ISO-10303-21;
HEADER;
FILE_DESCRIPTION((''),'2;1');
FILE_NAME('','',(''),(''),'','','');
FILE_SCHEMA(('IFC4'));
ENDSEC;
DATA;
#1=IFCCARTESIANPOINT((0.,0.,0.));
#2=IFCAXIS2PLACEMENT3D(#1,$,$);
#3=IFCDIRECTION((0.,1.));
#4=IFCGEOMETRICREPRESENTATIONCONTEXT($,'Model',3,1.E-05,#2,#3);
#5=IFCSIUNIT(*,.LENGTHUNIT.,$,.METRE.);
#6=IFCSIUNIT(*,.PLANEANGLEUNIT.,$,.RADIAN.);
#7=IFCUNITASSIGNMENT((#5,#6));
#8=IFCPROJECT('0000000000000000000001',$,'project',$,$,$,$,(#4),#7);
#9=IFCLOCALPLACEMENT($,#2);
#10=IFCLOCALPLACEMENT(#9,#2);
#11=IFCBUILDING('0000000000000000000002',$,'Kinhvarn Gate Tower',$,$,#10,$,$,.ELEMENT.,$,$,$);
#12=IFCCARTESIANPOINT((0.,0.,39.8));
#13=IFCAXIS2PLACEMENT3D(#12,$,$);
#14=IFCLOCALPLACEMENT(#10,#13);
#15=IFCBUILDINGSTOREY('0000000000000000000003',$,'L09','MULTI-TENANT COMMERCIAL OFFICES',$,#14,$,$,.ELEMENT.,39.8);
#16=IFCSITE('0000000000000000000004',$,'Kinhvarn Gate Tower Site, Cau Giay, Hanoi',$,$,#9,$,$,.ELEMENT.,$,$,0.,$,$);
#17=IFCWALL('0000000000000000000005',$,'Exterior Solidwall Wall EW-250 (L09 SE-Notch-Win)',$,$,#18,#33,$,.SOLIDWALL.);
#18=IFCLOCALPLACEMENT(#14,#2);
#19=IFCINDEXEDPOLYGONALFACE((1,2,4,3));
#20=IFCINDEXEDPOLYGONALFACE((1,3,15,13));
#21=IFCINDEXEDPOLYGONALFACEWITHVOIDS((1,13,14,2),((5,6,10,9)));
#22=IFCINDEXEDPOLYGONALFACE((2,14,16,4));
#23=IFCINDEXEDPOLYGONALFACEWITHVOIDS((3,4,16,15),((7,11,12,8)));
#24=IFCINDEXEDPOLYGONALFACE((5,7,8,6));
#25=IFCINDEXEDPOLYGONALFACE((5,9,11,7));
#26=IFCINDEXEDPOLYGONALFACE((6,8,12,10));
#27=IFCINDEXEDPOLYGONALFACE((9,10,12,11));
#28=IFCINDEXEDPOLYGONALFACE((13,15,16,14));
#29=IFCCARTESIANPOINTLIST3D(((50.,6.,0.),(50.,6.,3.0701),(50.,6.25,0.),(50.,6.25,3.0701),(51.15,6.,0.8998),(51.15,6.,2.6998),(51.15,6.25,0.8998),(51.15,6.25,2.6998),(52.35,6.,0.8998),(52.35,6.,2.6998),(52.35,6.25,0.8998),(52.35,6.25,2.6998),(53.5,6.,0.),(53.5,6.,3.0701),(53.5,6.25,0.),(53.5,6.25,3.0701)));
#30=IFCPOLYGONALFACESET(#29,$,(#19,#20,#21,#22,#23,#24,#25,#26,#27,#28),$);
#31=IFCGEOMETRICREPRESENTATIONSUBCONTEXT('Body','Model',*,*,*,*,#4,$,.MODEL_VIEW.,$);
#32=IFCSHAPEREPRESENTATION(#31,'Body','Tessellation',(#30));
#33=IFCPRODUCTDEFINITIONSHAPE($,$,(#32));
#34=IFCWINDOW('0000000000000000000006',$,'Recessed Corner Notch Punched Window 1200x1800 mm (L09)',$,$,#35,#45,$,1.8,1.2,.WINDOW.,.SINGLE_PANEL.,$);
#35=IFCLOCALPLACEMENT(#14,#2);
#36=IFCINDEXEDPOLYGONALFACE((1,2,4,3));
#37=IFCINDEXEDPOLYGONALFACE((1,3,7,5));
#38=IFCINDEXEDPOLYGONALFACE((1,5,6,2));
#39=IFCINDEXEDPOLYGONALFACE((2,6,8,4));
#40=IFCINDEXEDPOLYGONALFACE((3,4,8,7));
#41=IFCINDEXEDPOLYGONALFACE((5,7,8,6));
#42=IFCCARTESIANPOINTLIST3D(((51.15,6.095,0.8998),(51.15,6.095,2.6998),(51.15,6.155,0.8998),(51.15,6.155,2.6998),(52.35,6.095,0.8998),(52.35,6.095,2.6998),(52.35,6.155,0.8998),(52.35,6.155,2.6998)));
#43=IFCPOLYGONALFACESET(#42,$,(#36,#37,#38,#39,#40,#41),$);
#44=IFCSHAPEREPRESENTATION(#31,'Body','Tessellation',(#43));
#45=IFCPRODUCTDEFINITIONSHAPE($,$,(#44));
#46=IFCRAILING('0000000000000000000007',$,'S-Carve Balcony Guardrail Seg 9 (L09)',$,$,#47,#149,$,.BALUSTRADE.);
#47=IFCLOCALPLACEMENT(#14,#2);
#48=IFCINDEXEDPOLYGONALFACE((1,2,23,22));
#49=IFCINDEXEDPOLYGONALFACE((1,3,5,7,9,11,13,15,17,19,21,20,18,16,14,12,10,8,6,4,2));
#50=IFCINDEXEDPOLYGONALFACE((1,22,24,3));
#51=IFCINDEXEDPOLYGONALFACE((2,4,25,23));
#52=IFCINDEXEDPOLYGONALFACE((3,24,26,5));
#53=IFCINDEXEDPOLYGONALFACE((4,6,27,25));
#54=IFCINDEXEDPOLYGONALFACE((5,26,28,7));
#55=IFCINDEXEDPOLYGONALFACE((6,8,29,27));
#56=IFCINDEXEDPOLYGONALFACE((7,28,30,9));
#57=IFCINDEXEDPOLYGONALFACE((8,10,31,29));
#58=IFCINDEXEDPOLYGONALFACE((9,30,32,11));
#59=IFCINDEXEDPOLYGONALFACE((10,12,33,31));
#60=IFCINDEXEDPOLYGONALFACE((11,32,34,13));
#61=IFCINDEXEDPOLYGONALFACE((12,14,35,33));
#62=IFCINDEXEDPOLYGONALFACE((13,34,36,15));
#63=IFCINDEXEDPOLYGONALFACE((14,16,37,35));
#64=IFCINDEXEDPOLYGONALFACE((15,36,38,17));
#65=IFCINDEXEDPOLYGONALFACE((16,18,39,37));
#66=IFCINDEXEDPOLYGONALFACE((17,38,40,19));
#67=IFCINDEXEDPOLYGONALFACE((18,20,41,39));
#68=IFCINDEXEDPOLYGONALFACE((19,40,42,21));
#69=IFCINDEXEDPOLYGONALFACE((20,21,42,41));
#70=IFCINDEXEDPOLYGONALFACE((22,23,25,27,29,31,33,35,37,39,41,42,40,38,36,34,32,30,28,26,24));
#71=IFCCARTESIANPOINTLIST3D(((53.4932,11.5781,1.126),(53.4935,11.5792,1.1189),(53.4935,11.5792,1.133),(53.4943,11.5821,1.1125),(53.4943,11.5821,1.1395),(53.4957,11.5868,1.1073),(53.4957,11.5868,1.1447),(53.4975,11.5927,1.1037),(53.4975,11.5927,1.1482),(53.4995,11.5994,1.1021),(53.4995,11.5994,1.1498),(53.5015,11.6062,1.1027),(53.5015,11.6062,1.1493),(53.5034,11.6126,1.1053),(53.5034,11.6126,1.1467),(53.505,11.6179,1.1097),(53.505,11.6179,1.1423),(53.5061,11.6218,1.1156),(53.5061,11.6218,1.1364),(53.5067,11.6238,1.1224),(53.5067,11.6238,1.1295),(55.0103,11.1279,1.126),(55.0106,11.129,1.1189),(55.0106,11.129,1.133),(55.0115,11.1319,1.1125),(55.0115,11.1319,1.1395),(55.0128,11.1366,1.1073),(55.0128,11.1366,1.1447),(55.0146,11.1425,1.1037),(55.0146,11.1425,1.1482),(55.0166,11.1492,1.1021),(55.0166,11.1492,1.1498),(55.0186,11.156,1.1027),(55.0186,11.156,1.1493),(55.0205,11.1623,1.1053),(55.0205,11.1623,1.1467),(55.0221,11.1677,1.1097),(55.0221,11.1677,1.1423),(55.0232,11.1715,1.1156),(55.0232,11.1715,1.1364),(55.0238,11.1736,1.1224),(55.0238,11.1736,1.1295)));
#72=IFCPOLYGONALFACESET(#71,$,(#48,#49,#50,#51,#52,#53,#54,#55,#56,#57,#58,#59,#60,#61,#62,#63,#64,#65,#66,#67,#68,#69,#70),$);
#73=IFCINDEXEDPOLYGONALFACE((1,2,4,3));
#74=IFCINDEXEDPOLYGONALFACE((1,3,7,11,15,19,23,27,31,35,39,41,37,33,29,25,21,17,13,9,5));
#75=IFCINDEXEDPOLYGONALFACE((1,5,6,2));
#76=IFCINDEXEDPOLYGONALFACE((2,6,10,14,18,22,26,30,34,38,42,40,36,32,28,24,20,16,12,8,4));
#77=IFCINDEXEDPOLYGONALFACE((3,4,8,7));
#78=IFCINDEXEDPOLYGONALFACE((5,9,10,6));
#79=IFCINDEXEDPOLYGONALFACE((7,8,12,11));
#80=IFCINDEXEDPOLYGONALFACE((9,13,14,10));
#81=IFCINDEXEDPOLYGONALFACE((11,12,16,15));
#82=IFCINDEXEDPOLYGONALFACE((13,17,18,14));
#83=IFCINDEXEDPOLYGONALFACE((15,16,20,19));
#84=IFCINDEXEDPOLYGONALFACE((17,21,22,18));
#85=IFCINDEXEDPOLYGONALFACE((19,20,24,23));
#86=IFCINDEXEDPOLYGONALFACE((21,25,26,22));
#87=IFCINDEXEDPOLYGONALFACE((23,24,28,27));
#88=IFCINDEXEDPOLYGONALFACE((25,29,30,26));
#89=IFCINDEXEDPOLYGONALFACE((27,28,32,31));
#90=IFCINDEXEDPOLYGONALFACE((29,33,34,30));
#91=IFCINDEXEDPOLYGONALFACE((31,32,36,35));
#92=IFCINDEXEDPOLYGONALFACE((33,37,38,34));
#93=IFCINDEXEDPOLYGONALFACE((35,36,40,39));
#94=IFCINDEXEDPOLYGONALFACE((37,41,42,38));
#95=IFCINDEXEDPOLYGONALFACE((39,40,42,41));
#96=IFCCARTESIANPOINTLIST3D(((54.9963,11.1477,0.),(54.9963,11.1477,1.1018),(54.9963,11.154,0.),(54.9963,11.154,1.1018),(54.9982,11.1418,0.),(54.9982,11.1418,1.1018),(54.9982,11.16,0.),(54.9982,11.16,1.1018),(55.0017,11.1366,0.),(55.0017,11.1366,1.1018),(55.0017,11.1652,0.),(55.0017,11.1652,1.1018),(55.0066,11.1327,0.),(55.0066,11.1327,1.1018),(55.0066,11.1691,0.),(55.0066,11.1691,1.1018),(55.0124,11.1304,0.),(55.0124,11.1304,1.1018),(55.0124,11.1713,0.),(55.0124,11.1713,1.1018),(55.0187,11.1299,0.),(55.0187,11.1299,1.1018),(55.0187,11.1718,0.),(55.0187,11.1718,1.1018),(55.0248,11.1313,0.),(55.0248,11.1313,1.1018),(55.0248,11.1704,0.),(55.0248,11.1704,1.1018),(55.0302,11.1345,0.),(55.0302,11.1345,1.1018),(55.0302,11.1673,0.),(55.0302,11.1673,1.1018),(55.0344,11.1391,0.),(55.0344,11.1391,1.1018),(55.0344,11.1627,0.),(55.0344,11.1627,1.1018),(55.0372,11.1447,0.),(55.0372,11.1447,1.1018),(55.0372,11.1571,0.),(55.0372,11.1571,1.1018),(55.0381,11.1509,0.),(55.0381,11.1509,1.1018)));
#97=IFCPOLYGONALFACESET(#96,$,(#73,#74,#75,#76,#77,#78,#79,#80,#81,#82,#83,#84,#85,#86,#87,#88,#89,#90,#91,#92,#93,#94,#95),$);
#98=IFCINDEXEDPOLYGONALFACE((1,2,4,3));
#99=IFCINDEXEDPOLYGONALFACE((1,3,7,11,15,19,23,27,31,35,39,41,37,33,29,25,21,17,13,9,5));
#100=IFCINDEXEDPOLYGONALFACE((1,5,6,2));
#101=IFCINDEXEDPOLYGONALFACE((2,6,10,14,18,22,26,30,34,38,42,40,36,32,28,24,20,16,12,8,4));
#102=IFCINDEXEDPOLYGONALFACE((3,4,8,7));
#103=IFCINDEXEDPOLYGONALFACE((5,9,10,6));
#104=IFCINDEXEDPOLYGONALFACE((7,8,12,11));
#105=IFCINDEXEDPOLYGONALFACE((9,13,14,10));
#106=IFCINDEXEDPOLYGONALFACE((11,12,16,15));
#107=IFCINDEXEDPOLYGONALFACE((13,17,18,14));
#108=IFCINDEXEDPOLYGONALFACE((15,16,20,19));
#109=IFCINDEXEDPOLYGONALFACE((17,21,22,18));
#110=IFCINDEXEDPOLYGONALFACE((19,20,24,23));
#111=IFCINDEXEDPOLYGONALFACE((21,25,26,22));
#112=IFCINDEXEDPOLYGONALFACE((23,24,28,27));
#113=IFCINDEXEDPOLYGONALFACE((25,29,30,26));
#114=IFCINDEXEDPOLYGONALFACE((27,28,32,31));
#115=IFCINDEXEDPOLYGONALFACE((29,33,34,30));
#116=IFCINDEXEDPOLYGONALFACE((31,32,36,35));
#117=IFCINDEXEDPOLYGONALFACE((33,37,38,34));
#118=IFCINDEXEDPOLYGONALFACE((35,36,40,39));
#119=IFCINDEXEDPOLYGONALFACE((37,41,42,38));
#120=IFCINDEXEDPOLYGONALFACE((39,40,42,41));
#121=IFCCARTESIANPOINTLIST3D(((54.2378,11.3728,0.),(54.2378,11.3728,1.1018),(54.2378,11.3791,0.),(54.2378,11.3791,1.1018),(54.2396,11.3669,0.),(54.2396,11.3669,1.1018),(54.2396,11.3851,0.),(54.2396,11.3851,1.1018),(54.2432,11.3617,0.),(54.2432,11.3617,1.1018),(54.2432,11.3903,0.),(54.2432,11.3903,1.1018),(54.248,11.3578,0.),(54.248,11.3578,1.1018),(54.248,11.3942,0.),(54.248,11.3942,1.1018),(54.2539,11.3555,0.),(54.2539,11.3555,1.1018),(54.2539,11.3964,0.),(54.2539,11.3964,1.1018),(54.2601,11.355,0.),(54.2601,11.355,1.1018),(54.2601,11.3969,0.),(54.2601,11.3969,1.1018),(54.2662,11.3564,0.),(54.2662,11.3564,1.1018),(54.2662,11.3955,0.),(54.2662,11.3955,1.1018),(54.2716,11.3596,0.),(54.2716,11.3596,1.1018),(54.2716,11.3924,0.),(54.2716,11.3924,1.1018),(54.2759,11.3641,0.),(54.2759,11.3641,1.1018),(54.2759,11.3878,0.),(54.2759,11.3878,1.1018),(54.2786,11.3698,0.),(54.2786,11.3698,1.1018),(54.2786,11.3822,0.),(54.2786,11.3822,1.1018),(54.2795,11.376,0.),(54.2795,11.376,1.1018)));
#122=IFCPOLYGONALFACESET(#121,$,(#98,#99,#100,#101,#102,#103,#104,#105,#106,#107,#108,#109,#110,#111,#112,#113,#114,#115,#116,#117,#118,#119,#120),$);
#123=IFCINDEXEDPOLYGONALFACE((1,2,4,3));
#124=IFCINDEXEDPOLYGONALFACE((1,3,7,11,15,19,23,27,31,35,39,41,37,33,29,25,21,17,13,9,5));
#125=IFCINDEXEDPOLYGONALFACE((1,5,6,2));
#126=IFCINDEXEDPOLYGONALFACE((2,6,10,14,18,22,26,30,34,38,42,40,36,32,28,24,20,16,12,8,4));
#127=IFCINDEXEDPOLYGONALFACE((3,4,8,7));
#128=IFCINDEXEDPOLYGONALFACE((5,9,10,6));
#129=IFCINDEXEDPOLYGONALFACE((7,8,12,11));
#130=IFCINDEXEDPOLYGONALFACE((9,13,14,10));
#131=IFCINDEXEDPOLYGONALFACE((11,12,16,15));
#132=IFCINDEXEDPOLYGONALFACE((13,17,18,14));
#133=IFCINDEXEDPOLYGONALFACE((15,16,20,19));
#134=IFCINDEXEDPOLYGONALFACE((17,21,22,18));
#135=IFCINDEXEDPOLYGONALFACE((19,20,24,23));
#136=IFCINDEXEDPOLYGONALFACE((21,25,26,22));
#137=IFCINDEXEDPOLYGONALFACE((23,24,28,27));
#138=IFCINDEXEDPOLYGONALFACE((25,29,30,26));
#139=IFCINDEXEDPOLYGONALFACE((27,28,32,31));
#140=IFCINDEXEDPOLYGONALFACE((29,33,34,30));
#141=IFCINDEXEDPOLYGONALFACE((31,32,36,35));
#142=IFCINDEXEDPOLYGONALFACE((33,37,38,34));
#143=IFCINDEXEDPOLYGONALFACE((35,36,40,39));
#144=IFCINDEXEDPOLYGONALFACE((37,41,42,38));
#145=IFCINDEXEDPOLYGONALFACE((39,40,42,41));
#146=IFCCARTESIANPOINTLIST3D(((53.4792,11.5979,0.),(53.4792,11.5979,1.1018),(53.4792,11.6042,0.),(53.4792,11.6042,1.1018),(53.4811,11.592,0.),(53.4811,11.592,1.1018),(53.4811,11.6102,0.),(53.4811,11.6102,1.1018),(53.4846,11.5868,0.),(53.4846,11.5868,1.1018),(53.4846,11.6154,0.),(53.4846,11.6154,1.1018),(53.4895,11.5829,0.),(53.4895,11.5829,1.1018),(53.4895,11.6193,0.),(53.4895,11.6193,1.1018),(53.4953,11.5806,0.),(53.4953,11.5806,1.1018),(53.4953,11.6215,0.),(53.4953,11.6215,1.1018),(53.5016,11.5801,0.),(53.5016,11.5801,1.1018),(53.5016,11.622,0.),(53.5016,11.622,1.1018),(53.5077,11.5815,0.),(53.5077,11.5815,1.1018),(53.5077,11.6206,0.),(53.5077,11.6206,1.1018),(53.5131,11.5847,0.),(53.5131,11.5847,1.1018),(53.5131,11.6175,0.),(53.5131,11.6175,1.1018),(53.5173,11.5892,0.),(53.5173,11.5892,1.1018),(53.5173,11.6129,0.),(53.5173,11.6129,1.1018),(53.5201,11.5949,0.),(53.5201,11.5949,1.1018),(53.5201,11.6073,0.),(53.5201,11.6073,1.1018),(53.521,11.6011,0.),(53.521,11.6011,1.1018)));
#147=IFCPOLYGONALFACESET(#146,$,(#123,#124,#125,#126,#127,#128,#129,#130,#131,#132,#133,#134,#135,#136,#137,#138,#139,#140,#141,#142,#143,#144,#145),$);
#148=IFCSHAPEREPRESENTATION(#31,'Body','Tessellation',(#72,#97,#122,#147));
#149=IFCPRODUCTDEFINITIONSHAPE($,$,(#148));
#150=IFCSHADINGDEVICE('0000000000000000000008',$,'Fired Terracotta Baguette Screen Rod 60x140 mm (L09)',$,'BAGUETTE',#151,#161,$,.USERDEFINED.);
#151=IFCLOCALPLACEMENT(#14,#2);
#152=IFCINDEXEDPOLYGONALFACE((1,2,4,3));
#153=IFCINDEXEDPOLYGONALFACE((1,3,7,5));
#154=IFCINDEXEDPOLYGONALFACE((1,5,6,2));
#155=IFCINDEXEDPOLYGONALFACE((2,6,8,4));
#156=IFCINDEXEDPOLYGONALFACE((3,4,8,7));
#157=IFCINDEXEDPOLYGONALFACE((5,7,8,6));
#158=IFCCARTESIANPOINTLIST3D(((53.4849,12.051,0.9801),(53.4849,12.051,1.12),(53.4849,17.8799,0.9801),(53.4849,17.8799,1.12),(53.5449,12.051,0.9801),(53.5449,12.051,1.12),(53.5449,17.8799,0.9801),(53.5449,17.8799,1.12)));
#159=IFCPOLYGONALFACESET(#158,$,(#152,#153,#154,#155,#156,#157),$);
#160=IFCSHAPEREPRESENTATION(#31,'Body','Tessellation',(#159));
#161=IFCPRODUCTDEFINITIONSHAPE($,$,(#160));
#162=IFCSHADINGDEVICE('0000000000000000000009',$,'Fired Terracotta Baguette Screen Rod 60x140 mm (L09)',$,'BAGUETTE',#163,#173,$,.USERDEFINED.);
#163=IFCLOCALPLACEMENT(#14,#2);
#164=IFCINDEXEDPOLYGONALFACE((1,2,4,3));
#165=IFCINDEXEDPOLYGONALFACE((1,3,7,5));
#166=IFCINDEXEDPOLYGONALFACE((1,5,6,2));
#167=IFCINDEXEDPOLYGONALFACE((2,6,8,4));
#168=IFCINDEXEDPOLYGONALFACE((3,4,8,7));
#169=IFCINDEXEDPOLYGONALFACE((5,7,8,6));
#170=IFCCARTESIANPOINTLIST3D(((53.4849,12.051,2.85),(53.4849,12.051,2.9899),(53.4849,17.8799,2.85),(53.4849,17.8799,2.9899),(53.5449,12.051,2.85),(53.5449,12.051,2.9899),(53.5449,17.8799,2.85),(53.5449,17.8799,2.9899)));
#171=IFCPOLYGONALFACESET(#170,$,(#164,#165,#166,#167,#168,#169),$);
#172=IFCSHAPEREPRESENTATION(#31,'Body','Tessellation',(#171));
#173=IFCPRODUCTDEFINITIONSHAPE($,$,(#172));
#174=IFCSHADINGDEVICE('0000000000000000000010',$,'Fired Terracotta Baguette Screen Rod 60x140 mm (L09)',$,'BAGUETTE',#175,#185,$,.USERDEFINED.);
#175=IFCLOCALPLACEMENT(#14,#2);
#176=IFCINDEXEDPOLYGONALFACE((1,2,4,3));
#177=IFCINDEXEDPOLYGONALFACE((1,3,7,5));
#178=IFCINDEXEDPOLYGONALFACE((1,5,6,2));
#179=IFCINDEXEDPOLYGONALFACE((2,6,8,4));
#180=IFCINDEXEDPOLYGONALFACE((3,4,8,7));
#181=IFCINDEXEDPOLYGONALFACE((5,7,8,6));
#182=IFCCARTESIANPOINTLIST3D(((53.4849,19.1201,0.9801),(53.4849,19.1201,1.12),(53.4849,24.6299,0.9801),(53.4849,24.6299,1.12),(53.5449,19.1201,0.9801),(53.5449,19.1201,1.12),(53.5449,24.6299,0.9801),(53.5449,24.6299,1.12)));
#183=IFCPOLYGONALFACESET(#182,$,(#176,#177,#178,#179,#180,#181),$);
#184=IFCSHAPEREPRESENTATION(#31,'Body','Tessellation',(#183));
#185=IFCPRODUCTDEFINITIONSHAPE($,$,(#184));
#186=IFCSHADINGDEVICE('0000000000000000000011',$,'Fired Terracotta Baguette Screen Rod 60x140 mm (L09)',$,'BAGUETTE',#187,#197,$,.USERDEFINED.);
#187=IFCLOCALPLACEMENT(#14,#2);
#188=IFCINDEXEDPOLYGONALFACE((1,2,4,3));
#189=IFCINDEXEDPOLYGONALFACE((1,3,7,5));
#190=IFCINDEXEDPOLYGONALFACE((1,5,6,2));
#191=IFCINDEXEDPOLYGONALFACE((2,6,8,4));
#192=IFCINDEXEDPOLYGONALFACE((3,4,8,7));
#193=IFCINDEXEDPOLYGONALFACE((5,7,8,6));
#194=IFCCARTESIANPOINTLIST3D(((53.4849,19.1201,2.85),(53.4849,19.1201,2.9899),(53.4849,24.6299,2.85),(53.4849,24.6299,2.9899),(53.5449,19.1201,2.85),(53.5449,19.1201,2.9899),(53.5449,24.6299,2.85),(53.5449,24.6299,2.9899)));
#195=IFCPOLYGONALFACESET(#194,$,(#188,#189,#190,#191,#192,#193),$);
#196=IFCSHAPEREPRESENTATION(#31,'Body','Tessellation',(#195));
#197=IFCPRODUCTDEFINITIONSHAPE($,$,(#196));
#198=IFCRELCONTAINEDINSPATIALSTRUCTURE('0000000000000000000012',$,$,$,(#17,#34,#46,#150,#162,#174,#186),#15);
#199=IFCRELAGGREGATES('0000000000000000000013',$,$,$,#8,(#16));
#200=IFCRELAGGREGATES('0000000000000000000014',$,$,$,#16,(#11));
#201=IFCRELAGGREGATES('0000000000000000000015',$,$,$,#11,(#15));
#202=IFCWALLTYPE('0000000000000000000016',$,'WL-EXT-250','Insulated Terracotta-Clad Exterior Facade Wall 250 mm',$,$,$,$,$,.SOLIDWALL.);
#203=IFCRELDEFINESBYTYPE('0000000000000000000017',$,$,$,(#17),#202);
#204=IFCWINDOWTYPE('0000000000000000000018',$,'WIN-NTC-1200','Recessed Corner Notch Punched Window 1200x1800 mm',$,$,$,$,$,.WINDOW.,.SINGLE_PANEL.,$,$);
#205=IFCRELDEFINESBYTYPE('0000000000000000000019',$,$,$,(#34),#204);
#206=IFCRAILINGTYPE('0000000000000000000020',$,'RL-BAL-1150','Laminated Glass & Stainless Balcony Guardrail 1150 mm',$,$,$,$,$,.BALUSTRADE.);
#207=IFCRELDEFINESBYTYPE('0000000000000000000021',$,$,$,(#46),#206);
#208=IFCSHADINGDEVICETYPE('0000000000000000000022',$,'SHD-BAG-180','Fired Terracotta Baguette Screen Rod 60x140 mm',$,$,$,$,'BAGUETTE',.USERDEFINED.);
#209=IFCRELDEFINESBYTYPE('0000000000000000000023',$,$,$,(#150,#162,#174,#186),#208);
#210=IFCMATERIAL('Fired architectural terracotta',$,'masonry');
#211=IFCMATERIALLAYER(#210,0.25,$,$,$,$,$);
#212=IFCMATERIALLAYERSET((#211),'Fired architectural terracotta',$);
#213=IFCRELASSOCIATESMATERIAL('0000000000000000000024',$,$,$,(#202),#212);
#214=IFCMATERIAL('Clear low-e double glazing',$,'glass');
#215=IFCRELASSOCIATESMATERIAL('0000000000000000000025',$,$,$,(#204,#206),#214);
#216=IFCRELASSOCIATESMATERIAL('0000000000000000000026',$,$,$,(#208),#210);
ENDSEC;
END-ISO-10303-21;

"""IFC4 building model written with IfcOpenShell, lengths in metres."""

from ifc_helpers import new_model, si_unit, direction, frame, frame_2d, origin, origin_2d, place, context, subcontext, project, spatial, rectangle, circle, extrude, material, layer, layer_set, material_profile, profile_set, type_object, element, fill, save


model = new_model("IFC4")

# Units and contexts
model_context = context("Model", 3, precision=1e-05, world=origin(), true_north=direction((0.0, 1.0)))
body_context = subcontext(model_context, "Body", "Model", "MODEL_VIEW")
ifc_project = project(units=[si_unit("LENGTHUNIT", "METRE"), si_unit("PLANEANGLEUNIT", "RADIAN")], contexts=[model_context])

# Site, building, storey
site_placement = place(None, origin())
site = spatial("IfcSite", under=ifc_project, at=site_placement, Name="Kinhvarn Gate Tower Site, Cau Giay, Hanoi", CompositionType="ELEMENT", RefElevation=0.0)
building_placement = place(site_placement, origin())
building = spatial("IfcBuilding", under=site, at=building_placement, Name="Kinhvarn Gate Tower", CompositionType="ELEMENT")
storey_placement = place(building_placement, frame((0.0, 0.0, 39.8)))
storey = spatial("IfcBuildingStorey", under=building, at=storey_placement, Name="L09", Description="MULTI-TENANT COMMERCIAL OFFICES", CompositionType="ELEMENT", Elevation=39.8)

# Shared definitions
ifc_material_1 = material(Name="Clear low-e double glazing", Category="glass")

# Wall, opening, window
ifc_material_2 = material(Name="Fired architectural terracotta", Category="masonry")
ifc_layer_1 = layer(ifc_material_2, 0.25)
ifc_layer_set_1 = layer_set([ifc_layer_1], Name="Fired architectural terracotta")
wall_type = type_object("IfcWallType", Name="WL-EXT-250", Description="Insulated Terracotta-Clad Exterior Facade Wall 250 mm", PredefinedType="SOLIDWALL", material=ifc_layer_set_1)
wall_placement = place(storey_placement, frame((50.0, 6.125, 0.0), z_axis=(0.0, 0.0, 1.0), x_axis=(1.0, 0.0, 0.0)))
wall = element("IfcWall", 1, at=wall_placement, inside=storey, type_object=wall_type, Name="Exterior Solidwall Wall EW-250 (L09 SE-Notch-Win)", PredefinedType="SOLIDWALL", context=body_context, shape_type="SweptSolid", body=[
    extrude(rectangle(XDim=3.5, YDim=0.25, at=frame_2d((1.75, 0.0))), origin(), (0.0, 0.0, 1.0), 3.0701),
])
opening_placement = place(wall_placement, frame((1.1499, 0.0, 0.8999)))
opening = element("IfcOpeningElement", 2, at=opening_placement, cuts=wall, PredefinedType="OPENING", context=body_context, shape_type="SweptSolid", body=[
    extrude(rectangle(XDim=1.2, YDim=1.8, at=frame_2d((0.6001, 0.8999))), frame((0.0, 0.135, 0.0), z_axis=(0.0, -1.0, 0.0), x_axis=(1.0, 0.0, 0.0)), (0.0, 0.0, 1.0), 0.27),
])
window_type = type_object("IfcWindowType", Name="WIN-NTC-1200", Description="Recessed Corner Notch Punched Window 1200x1800 mm", PartitioningType="SINGLE_PANEL", PredefinedType="WINDOW", material=ifc_material_1)
window_placement = place(opening_placement, origin())
window = element("IfcWindow", 3, at=window_placement, inside=storey, type_object=window_type, Name="Recessed Corner Notch Punched Window 1200x1800 mm (L09)", OverallHeight=1.8, OverallWidth=1.2, PartitioningType="SINGLE_PANEL", PredefinedType="WINDOW", context=body_context, shape_type="SweptSolid", body=[
    extrude(rectangle(XDim=1.2, YDim=1.8, at=frame_2d((0.6001, 0.8999))), frame((0.0, 0.03, 0.0), z_axis=(0.0, -1.0, 0.0), x_axis=(1.0, 0.0, 0.0)), (0.0, 0.0, 1.0), 0.0601),
])
fill(opening, window)

# Railing
railing_type = type_object("IfcRailingType", Name="RL-BAL-1150", Description="Laminated Glass & Stainless Balcony Guardrail 1150 mm", PredefinedType="BALUSTRADE", material=ifc_material_1)
railing_placement = place(storey_placement, frame((55.0171, 11.1509, 0.0)))
element("IfcRailing", 4, at=railing_placement, inside=storey, type_object=railing_type, Name="S-Carve Balcony Guardrail Seg 9 (L09)", PredefinedType="BALUSTRADE", context=body_context, shape_type="SweptSolid", body=[
    extrude(circle(Radius=0.0239, at=origin_2d()), frame((0.0, 0.0, 1.126), z_axis=(-0.95868, 0.284488, 0.0), x_axis=(-0.284488, -0.95868, 0.0)), (0.0, 0.0, 1.0), 1.5825),
    extrude(circle(Radius=0.021, at=origin_2d()), origin(), (0.0, 0.0, 1.0), 1.1018),
    extrude(circle(Radius=0.021, at=origin_2d()), frame((-0.7585, 0.2251, 0.0)), (0.0, 0.0, 1.0), 1.1018),
    extrude(circle(Radius=0.021, at=origin_2d()), frame((-1.5171, 0.4502, 0.0)), (0.0, 0.0, 1.0), 1.1018),
])

# Shading devices
ifc_material_profile_1 = material_profile(ifc_material_2, rectangle(XDim=0.0601, YDim=0.1399, at=origin_2d()), Name="TC 60x140")
ifc_profile_set_1 = profile_set([ifc_material_profile_1], Name="Fired architectural terracotta")
shading_device_type = type_object("IfcShadingDeviceType", Name="SHD-BAG-180", Description="Fired Terracotta Baguette Screen Rod 60x140 mm", ElementType="BAGUETTE", PredefinedType="USERDEFINED", material=ifc_profile_set_1)
for number, where, z_axis, x_axis, name in (
    (5, (53.5149, 12.051, 1.05), (0.0, 1.0, 0.0), (-1.0, 0.0, 0.0), "Fired Terracotta Baguette Screen Rod 60x140 mm (L09)"),
    (6, (53.5149, 12.051, 2.9199), (0.0, 1.0, 0.0), (-1.0, 0.0, 0.0), "Fired Terracotta Baguette Screen Rod 60x140 mm (L09)"),
):
    element("IfcShadingDevice", number, at=place(storey_placement, frame(where, z_axis=z_axis, x_axis=x_axis)), inside=storey, type_object=shading_device_type, Name=name, ObjectType="BAGUETTE", PredefinedType="USERDEFINED", context=body_context, shape_type="SweptSolid", body=[
        extrude(rectangle(XDim=0.0601, YDim=0.1399, at=origin_2d()), origin(), (0.0, 0.0, 1.0), 5.8289),
    ])
for number, where, z_axis, x_axis, name in (
    (7, (53.5149, 19.1201, 1.05), (0.0, 1.0, 0.0), (-1.0, 0.0, 0.0), "Fired Terracotta Baguette Screen Rod 60x140 mm (L09)"),
    (8, (53.5149, 19.1201, 2.9199), (0.0, 1.0, 0.0), (-1.0, 0.0, 0.0), "Fired Terracotta Baguette Screen Rod 60x140 mm (L09)"),
):
    element("IfcShadingDevice", number, at=place(storey_placement, frame(where, z_axis=z_axis, x_axis=x_axis)), inside=storey, type_object=shading_device_type, Name=name, ObjectType="BAGUETTE", PredefinedType="USERDEFINED", context=body_context, shape_type="SweptSolid", body=[
        extrude(rectangle(XDim=0.0601, YDim=0.1399, at=origin_2d()), origin(), (0.0, 0.0, 1.0), 5.5098),
    ])

save(model, "model.ifc")
